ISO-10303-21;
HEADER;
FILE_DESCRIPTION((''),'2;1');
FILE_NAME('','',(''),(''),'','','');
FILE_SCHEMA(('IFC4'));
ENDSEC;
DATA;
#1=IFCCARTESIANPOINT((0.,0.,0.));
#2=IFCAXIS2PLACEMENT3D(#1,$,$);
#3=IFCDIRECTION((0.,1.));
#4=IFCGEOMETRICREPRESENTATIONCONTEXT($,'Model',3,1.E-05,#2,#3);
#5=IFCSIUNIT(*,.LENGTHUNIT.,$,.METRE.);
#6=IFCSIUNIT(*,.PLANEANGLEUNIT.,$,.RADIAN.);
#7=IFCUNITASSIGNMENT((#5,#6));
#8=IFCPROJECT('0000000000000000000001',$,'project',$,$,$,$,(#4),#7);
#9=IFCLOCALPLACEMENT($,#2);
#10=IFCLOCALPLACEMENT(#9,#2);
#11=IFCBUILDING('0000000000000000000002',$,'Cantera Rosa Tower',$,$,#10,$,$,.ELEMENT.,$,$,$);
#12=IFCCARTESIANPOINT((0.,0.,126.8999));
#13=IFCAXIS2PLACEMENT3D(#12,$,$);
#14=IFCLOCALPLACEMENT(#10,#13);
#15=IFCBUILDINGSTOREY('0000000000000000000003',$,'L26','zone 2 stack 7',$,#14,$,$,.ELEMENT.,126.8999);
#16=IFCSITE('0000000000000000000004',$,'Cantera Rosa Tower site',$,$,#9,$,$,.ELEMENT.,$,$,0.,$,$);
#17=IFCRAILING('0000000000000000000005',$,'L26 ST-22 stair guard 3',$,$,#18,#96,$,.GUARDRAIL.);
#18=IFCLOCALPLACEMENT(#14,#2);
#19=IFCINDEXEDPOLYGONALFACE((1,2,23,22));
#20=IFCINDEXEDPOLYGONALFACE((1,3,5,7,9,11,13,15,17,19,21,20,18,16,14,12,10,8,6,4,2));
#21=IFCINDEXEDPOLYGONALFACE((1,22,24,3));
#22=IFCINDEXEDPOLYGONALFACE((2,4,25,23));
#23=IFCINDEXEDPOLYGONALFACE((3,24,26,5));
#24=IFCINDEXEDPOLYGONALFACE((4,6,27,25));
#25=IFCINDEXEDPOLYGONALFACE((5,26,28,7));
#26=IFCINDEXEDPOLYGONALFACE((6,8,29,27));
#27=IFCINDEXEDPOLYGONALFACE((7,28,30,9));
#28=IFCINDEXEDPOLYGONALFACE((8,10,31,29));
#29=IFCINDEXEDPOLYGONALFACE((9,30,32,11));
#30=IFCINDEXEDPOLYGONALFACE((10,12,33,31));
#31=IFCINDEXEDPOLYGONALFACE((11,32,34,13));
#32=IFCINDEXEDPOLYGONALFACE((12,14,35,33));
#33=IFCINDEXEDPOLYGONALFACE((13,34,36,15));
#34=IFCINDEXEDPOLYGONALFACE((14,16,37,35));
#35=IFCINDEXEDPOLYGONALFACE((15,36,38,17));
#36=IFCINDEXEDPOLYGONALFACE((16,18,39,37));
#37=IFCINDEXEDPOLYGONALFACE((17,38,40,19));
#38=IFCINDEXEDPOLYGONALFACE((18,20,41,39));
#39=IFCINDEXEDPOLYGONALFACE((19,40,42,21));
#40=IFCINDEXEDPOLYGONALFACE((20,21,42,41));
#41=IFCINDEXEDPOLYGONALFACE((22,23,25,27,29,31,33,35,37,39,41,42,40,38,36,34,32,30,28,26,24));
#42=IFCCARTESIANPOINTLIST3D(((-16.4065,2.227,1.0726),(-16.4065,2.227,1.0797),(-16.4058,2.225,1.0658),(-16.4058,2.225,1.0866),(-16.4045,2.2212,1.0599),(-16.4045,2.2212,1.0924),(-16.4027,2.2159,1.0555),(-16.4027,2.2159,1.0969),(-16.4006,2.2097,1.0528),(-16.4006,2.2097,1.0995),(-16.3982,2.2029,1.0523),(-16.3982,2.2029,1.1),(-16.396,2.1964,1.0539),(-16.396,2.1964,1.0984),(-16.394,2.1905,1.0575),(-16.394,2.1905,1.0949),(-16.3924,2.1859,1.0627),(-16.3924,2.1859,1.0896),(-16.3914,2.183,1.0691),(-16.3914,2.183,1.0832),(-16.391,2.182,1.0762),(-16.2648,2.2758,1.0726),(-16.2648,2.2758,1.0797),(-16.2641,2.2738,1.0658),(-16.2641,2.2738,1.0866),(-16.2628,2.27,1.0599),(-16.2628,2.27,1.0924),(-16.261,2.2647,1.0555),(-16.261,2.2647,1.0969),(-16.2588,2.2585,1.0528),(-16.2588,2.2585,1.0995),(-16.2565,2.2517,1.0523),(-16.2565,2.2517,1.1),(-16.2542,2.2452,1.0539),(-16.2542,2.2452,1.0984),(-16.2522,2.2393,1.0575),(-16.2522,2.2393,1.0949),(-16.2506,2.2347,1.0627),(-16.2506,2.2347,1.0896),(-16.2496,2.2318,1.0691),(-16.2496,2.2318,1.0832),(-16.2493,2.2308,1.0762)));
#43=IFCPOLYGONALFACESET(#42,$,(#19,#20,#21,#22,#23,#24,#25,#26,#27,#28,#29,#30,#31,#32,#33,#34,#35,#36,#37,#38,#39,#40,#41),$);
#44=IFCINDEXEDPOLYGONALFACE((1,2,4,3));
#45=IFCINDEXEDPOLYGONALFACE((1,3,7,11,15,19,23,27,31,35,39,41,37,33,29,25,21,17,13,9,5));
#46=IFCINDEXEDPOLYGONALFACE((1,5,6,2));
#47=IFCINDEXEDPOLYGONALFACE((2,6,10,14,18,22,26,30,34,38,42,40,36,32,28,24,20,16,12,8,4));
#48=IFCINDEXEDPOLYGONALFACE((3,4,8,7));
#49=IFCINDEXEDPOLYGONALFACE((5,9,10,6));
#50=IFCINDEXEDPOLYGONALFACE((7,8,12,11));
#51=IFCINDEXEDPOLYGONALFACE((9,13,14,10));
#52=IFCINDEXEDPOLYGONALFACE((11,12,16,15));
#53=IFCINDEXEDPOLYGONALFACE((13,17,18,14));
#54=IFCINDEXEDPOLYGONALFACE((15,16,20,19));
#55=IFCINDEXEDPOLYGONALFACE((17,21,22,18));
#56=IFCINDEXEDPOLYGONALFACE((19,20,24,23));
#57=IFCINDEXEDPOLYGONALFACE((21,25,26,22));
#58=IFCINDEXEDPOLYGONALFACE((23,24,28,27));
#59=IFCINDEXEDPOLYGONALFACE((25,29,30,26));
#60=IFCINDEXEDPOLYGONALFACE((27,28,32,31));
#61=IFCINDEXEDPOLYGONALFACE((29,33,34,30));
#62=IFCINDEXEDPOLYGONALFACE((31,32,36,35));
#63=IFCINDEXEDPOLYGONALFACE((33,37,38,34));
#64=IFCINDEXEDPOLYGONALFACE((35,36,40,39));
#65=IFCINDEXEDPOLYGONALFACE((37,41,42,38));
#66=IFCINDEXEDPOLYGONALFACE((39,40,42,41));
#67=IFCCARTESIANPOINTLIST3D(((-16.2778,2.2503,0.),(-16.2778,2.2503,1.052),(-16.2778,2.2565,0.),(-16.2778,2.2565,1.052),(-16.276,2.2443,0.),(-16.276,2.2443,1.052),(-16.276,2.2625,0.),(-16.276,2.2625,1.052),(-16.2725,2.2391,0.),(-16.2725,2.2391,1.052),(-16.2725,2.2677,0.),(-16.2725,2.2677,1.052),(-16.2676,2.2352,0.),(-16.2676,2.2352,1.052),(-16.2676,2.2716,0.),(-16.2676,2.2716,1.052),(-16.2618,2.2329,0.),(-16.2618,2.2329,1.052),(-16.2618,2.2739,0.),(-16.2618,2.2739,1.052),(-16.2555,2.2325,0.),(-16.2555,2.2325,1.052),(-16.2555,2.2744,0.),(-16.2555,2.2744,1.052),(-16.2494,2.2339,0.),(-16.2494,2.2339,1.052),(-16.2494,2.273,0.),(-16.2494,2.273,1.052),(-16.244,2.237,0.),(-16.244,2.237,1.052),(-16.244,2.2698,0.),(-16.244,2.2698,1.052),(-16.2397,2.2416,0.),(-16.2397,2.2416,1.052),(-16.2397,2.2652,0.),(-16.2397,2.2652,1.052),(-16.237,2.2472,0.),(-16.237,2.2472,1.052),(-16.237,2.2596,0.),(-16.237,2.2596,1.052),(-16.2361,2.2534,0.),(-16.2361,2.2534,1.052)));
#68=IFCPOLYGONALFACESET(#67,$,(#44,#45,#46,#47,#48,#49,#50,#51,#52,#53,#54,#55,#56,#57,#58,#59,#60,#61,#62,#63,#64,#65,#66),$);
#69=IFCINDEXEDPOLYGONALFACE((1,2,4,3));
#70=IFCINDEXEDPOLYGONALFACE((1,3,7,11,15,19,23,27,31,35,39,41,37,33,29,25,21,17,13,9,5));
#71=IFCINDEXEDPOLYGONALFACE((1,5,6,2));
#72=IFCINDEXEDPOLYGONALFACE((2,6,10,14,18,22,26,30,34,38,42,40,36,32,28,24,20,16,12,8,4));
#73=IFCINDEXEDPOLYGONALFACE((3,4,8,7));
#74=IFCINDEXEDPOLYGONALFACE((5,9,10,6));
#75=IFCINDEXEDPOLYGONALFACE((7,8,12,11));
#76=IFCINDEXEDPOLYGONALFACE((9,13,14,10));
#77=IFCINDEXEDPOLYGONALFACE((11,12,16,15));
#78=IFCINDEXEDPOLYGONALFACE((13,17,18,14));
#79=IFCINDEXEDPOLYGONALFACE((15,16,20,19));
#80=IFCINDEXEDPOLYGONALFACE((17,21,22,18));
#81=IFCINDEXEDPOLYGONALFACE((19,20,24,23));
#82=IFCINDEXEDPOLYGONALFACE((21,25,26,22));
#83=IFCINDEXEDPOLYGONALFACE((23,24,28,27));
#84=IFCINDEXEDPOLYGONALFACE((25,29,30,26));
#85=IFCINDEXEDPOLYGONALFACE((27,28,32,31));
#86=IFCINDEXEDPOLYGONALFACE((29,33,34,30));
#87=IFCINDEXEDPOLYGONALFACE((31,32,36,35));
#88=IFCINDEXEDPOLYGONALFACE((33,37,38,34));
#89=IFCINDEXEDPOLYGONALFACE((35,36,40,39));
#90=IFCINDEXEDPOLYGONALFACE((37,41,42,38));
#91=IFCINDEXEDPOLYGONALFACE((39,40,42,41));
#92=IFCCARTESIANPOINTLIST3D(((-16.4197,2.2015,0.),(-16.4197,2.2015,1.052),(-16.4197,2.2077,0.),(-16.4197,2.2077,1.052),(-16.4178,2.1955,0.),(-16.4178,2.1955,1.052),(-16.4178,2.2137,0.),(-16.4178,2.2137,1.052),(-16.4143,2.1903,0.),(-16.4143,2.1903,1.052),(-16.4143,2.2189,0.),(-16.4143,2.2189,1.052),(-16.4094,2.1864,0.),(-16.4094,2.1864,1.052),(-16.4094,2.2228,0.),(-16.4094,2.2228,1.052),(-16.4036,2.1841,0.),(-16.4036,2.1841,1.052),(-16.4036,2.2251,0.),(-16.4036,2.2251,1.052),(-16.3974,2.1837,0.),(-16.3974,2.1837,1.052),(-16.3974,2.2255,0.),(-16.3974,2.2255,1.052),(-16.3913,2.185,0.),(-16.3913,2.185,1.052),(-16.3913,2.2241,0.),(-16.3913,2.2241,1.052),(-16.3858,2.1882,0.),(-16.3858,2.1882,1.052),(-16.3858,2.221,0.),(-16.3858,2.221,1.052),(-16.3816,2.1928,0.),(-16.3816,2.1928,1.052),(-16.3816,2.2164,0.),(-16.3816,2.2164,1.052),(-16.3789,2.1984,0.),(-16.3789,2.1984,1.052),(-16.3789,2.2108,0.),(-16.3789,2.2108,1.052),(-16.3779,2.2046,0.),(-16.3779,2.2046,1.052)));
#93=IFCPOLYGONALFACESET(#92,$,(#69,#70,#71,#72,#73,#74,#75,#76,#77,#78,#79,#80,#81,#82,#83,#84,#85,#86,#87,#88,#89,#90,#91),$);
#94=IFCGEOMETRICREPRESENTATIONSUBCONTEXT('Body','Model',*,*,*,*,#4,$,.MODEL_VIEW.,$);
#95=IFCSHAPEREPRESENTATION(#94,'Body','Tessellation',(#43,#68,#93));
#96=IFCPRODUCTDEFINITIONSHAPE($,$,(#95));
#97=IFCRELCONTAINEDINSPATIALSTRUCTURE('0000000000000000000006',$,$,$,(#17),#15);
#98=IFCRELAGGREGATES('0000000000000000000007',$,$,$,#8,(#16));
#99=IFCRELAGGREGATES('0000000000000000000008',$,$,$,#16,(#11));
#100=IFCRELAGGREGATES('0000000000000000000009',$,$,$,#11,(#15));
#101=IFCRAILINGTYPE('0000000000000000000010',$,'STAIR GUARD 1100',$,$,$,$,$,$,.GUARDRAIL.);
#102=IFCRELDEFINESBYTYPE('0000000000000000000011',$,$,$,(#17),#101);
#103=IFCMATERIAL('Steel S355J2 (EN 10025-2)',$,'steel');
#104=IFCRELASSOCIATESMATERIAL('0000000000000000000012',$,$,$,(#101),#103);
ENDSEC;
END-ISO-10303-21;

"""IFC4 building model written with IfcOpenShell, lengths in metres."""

from ifc_helpers import new_model, si_unit, direction, frame, origin, origin_2d, place, context, subcontext, project, spatial, circle, extrude, material, type_object, element, save


model = new_model("IFC4")

# Units and contexts
model_context = context("Model", 3, precision=1e-05, world=origin(), true_north=direction((0.0, 1.0)))
body_context = subcontext(model_context, "Body", "Model", "MODEL_VIEW")
ifc_project = project(units=[si_unit("LENGTHUNIT", "METRE"), si_unit("PLANEANGLEUNIT", "RADIAN")], contexts=[model_context])

# Site, building, storey
site_placement = place(None, origin())
site = spatial("IfcSite", under=ifc_project, at=site_placement, Name="Cantera Rosa Tower site", CompositionType="ELEMENT", RefElevation=0.0)
building_placement = place(site_placement, origin())
building = spatial("IfcBuilding", under=site, at=building_placement, Name="Cantera Rosa Tower", CompositionType="ELEMENT")
storey_placement = place(building_placement, frame((0.0, 0.0, 126.8999)))
storey = spatial("IfcBuildingStorey", under=building, at=storey_placement, Name="L26", Description="zone 2 stack 7", CompositionType="ELEMENT", Elevation=126.8999)

# Railing
ifc_material_1 = material(Name="Steel S355J2 (EN 10025-2)", Category="steel")
railing_type_1 = type_object("IfcRailingType", Name="STAIR GUARD 1100", PredefinedType="GUARDRAIL", material=ifc_material_1)
railing_1_placement = place(storey_placement, frame((-16.2571, 2.2534, 0.0)))
element("IfcRailing", 1, at=railing_1_placement, inside=storey, type_object=railing_type_1, Name="L26 ST-22 stair guard 3", PredefinedType="GUARDRAIL", context=body_context, shape_type="SweptSolid", body=[
    extrude(circle(Radius=0.0239, at=origin_2d()), frame((0.0, 0.0, 1.0762), z_axis=(-0.945546, -0.325489, 0.0), x_axis=(0.325489, -0.945546, 0.0)), (0.0, 0.0, 1.0), 0.1499),
    extrude(circle(Radius=0.021, at=origin_2d()), origin(), (0.0, 0.0, 1.0), 1.052),
    extrude(circle(Radius=0.021, at=origin_2d()), frame((-0.1418, -0.0488, 0.0)), (0.0, 0.0, 1.0), 1.052),
])

save(model, "model.ifc")
